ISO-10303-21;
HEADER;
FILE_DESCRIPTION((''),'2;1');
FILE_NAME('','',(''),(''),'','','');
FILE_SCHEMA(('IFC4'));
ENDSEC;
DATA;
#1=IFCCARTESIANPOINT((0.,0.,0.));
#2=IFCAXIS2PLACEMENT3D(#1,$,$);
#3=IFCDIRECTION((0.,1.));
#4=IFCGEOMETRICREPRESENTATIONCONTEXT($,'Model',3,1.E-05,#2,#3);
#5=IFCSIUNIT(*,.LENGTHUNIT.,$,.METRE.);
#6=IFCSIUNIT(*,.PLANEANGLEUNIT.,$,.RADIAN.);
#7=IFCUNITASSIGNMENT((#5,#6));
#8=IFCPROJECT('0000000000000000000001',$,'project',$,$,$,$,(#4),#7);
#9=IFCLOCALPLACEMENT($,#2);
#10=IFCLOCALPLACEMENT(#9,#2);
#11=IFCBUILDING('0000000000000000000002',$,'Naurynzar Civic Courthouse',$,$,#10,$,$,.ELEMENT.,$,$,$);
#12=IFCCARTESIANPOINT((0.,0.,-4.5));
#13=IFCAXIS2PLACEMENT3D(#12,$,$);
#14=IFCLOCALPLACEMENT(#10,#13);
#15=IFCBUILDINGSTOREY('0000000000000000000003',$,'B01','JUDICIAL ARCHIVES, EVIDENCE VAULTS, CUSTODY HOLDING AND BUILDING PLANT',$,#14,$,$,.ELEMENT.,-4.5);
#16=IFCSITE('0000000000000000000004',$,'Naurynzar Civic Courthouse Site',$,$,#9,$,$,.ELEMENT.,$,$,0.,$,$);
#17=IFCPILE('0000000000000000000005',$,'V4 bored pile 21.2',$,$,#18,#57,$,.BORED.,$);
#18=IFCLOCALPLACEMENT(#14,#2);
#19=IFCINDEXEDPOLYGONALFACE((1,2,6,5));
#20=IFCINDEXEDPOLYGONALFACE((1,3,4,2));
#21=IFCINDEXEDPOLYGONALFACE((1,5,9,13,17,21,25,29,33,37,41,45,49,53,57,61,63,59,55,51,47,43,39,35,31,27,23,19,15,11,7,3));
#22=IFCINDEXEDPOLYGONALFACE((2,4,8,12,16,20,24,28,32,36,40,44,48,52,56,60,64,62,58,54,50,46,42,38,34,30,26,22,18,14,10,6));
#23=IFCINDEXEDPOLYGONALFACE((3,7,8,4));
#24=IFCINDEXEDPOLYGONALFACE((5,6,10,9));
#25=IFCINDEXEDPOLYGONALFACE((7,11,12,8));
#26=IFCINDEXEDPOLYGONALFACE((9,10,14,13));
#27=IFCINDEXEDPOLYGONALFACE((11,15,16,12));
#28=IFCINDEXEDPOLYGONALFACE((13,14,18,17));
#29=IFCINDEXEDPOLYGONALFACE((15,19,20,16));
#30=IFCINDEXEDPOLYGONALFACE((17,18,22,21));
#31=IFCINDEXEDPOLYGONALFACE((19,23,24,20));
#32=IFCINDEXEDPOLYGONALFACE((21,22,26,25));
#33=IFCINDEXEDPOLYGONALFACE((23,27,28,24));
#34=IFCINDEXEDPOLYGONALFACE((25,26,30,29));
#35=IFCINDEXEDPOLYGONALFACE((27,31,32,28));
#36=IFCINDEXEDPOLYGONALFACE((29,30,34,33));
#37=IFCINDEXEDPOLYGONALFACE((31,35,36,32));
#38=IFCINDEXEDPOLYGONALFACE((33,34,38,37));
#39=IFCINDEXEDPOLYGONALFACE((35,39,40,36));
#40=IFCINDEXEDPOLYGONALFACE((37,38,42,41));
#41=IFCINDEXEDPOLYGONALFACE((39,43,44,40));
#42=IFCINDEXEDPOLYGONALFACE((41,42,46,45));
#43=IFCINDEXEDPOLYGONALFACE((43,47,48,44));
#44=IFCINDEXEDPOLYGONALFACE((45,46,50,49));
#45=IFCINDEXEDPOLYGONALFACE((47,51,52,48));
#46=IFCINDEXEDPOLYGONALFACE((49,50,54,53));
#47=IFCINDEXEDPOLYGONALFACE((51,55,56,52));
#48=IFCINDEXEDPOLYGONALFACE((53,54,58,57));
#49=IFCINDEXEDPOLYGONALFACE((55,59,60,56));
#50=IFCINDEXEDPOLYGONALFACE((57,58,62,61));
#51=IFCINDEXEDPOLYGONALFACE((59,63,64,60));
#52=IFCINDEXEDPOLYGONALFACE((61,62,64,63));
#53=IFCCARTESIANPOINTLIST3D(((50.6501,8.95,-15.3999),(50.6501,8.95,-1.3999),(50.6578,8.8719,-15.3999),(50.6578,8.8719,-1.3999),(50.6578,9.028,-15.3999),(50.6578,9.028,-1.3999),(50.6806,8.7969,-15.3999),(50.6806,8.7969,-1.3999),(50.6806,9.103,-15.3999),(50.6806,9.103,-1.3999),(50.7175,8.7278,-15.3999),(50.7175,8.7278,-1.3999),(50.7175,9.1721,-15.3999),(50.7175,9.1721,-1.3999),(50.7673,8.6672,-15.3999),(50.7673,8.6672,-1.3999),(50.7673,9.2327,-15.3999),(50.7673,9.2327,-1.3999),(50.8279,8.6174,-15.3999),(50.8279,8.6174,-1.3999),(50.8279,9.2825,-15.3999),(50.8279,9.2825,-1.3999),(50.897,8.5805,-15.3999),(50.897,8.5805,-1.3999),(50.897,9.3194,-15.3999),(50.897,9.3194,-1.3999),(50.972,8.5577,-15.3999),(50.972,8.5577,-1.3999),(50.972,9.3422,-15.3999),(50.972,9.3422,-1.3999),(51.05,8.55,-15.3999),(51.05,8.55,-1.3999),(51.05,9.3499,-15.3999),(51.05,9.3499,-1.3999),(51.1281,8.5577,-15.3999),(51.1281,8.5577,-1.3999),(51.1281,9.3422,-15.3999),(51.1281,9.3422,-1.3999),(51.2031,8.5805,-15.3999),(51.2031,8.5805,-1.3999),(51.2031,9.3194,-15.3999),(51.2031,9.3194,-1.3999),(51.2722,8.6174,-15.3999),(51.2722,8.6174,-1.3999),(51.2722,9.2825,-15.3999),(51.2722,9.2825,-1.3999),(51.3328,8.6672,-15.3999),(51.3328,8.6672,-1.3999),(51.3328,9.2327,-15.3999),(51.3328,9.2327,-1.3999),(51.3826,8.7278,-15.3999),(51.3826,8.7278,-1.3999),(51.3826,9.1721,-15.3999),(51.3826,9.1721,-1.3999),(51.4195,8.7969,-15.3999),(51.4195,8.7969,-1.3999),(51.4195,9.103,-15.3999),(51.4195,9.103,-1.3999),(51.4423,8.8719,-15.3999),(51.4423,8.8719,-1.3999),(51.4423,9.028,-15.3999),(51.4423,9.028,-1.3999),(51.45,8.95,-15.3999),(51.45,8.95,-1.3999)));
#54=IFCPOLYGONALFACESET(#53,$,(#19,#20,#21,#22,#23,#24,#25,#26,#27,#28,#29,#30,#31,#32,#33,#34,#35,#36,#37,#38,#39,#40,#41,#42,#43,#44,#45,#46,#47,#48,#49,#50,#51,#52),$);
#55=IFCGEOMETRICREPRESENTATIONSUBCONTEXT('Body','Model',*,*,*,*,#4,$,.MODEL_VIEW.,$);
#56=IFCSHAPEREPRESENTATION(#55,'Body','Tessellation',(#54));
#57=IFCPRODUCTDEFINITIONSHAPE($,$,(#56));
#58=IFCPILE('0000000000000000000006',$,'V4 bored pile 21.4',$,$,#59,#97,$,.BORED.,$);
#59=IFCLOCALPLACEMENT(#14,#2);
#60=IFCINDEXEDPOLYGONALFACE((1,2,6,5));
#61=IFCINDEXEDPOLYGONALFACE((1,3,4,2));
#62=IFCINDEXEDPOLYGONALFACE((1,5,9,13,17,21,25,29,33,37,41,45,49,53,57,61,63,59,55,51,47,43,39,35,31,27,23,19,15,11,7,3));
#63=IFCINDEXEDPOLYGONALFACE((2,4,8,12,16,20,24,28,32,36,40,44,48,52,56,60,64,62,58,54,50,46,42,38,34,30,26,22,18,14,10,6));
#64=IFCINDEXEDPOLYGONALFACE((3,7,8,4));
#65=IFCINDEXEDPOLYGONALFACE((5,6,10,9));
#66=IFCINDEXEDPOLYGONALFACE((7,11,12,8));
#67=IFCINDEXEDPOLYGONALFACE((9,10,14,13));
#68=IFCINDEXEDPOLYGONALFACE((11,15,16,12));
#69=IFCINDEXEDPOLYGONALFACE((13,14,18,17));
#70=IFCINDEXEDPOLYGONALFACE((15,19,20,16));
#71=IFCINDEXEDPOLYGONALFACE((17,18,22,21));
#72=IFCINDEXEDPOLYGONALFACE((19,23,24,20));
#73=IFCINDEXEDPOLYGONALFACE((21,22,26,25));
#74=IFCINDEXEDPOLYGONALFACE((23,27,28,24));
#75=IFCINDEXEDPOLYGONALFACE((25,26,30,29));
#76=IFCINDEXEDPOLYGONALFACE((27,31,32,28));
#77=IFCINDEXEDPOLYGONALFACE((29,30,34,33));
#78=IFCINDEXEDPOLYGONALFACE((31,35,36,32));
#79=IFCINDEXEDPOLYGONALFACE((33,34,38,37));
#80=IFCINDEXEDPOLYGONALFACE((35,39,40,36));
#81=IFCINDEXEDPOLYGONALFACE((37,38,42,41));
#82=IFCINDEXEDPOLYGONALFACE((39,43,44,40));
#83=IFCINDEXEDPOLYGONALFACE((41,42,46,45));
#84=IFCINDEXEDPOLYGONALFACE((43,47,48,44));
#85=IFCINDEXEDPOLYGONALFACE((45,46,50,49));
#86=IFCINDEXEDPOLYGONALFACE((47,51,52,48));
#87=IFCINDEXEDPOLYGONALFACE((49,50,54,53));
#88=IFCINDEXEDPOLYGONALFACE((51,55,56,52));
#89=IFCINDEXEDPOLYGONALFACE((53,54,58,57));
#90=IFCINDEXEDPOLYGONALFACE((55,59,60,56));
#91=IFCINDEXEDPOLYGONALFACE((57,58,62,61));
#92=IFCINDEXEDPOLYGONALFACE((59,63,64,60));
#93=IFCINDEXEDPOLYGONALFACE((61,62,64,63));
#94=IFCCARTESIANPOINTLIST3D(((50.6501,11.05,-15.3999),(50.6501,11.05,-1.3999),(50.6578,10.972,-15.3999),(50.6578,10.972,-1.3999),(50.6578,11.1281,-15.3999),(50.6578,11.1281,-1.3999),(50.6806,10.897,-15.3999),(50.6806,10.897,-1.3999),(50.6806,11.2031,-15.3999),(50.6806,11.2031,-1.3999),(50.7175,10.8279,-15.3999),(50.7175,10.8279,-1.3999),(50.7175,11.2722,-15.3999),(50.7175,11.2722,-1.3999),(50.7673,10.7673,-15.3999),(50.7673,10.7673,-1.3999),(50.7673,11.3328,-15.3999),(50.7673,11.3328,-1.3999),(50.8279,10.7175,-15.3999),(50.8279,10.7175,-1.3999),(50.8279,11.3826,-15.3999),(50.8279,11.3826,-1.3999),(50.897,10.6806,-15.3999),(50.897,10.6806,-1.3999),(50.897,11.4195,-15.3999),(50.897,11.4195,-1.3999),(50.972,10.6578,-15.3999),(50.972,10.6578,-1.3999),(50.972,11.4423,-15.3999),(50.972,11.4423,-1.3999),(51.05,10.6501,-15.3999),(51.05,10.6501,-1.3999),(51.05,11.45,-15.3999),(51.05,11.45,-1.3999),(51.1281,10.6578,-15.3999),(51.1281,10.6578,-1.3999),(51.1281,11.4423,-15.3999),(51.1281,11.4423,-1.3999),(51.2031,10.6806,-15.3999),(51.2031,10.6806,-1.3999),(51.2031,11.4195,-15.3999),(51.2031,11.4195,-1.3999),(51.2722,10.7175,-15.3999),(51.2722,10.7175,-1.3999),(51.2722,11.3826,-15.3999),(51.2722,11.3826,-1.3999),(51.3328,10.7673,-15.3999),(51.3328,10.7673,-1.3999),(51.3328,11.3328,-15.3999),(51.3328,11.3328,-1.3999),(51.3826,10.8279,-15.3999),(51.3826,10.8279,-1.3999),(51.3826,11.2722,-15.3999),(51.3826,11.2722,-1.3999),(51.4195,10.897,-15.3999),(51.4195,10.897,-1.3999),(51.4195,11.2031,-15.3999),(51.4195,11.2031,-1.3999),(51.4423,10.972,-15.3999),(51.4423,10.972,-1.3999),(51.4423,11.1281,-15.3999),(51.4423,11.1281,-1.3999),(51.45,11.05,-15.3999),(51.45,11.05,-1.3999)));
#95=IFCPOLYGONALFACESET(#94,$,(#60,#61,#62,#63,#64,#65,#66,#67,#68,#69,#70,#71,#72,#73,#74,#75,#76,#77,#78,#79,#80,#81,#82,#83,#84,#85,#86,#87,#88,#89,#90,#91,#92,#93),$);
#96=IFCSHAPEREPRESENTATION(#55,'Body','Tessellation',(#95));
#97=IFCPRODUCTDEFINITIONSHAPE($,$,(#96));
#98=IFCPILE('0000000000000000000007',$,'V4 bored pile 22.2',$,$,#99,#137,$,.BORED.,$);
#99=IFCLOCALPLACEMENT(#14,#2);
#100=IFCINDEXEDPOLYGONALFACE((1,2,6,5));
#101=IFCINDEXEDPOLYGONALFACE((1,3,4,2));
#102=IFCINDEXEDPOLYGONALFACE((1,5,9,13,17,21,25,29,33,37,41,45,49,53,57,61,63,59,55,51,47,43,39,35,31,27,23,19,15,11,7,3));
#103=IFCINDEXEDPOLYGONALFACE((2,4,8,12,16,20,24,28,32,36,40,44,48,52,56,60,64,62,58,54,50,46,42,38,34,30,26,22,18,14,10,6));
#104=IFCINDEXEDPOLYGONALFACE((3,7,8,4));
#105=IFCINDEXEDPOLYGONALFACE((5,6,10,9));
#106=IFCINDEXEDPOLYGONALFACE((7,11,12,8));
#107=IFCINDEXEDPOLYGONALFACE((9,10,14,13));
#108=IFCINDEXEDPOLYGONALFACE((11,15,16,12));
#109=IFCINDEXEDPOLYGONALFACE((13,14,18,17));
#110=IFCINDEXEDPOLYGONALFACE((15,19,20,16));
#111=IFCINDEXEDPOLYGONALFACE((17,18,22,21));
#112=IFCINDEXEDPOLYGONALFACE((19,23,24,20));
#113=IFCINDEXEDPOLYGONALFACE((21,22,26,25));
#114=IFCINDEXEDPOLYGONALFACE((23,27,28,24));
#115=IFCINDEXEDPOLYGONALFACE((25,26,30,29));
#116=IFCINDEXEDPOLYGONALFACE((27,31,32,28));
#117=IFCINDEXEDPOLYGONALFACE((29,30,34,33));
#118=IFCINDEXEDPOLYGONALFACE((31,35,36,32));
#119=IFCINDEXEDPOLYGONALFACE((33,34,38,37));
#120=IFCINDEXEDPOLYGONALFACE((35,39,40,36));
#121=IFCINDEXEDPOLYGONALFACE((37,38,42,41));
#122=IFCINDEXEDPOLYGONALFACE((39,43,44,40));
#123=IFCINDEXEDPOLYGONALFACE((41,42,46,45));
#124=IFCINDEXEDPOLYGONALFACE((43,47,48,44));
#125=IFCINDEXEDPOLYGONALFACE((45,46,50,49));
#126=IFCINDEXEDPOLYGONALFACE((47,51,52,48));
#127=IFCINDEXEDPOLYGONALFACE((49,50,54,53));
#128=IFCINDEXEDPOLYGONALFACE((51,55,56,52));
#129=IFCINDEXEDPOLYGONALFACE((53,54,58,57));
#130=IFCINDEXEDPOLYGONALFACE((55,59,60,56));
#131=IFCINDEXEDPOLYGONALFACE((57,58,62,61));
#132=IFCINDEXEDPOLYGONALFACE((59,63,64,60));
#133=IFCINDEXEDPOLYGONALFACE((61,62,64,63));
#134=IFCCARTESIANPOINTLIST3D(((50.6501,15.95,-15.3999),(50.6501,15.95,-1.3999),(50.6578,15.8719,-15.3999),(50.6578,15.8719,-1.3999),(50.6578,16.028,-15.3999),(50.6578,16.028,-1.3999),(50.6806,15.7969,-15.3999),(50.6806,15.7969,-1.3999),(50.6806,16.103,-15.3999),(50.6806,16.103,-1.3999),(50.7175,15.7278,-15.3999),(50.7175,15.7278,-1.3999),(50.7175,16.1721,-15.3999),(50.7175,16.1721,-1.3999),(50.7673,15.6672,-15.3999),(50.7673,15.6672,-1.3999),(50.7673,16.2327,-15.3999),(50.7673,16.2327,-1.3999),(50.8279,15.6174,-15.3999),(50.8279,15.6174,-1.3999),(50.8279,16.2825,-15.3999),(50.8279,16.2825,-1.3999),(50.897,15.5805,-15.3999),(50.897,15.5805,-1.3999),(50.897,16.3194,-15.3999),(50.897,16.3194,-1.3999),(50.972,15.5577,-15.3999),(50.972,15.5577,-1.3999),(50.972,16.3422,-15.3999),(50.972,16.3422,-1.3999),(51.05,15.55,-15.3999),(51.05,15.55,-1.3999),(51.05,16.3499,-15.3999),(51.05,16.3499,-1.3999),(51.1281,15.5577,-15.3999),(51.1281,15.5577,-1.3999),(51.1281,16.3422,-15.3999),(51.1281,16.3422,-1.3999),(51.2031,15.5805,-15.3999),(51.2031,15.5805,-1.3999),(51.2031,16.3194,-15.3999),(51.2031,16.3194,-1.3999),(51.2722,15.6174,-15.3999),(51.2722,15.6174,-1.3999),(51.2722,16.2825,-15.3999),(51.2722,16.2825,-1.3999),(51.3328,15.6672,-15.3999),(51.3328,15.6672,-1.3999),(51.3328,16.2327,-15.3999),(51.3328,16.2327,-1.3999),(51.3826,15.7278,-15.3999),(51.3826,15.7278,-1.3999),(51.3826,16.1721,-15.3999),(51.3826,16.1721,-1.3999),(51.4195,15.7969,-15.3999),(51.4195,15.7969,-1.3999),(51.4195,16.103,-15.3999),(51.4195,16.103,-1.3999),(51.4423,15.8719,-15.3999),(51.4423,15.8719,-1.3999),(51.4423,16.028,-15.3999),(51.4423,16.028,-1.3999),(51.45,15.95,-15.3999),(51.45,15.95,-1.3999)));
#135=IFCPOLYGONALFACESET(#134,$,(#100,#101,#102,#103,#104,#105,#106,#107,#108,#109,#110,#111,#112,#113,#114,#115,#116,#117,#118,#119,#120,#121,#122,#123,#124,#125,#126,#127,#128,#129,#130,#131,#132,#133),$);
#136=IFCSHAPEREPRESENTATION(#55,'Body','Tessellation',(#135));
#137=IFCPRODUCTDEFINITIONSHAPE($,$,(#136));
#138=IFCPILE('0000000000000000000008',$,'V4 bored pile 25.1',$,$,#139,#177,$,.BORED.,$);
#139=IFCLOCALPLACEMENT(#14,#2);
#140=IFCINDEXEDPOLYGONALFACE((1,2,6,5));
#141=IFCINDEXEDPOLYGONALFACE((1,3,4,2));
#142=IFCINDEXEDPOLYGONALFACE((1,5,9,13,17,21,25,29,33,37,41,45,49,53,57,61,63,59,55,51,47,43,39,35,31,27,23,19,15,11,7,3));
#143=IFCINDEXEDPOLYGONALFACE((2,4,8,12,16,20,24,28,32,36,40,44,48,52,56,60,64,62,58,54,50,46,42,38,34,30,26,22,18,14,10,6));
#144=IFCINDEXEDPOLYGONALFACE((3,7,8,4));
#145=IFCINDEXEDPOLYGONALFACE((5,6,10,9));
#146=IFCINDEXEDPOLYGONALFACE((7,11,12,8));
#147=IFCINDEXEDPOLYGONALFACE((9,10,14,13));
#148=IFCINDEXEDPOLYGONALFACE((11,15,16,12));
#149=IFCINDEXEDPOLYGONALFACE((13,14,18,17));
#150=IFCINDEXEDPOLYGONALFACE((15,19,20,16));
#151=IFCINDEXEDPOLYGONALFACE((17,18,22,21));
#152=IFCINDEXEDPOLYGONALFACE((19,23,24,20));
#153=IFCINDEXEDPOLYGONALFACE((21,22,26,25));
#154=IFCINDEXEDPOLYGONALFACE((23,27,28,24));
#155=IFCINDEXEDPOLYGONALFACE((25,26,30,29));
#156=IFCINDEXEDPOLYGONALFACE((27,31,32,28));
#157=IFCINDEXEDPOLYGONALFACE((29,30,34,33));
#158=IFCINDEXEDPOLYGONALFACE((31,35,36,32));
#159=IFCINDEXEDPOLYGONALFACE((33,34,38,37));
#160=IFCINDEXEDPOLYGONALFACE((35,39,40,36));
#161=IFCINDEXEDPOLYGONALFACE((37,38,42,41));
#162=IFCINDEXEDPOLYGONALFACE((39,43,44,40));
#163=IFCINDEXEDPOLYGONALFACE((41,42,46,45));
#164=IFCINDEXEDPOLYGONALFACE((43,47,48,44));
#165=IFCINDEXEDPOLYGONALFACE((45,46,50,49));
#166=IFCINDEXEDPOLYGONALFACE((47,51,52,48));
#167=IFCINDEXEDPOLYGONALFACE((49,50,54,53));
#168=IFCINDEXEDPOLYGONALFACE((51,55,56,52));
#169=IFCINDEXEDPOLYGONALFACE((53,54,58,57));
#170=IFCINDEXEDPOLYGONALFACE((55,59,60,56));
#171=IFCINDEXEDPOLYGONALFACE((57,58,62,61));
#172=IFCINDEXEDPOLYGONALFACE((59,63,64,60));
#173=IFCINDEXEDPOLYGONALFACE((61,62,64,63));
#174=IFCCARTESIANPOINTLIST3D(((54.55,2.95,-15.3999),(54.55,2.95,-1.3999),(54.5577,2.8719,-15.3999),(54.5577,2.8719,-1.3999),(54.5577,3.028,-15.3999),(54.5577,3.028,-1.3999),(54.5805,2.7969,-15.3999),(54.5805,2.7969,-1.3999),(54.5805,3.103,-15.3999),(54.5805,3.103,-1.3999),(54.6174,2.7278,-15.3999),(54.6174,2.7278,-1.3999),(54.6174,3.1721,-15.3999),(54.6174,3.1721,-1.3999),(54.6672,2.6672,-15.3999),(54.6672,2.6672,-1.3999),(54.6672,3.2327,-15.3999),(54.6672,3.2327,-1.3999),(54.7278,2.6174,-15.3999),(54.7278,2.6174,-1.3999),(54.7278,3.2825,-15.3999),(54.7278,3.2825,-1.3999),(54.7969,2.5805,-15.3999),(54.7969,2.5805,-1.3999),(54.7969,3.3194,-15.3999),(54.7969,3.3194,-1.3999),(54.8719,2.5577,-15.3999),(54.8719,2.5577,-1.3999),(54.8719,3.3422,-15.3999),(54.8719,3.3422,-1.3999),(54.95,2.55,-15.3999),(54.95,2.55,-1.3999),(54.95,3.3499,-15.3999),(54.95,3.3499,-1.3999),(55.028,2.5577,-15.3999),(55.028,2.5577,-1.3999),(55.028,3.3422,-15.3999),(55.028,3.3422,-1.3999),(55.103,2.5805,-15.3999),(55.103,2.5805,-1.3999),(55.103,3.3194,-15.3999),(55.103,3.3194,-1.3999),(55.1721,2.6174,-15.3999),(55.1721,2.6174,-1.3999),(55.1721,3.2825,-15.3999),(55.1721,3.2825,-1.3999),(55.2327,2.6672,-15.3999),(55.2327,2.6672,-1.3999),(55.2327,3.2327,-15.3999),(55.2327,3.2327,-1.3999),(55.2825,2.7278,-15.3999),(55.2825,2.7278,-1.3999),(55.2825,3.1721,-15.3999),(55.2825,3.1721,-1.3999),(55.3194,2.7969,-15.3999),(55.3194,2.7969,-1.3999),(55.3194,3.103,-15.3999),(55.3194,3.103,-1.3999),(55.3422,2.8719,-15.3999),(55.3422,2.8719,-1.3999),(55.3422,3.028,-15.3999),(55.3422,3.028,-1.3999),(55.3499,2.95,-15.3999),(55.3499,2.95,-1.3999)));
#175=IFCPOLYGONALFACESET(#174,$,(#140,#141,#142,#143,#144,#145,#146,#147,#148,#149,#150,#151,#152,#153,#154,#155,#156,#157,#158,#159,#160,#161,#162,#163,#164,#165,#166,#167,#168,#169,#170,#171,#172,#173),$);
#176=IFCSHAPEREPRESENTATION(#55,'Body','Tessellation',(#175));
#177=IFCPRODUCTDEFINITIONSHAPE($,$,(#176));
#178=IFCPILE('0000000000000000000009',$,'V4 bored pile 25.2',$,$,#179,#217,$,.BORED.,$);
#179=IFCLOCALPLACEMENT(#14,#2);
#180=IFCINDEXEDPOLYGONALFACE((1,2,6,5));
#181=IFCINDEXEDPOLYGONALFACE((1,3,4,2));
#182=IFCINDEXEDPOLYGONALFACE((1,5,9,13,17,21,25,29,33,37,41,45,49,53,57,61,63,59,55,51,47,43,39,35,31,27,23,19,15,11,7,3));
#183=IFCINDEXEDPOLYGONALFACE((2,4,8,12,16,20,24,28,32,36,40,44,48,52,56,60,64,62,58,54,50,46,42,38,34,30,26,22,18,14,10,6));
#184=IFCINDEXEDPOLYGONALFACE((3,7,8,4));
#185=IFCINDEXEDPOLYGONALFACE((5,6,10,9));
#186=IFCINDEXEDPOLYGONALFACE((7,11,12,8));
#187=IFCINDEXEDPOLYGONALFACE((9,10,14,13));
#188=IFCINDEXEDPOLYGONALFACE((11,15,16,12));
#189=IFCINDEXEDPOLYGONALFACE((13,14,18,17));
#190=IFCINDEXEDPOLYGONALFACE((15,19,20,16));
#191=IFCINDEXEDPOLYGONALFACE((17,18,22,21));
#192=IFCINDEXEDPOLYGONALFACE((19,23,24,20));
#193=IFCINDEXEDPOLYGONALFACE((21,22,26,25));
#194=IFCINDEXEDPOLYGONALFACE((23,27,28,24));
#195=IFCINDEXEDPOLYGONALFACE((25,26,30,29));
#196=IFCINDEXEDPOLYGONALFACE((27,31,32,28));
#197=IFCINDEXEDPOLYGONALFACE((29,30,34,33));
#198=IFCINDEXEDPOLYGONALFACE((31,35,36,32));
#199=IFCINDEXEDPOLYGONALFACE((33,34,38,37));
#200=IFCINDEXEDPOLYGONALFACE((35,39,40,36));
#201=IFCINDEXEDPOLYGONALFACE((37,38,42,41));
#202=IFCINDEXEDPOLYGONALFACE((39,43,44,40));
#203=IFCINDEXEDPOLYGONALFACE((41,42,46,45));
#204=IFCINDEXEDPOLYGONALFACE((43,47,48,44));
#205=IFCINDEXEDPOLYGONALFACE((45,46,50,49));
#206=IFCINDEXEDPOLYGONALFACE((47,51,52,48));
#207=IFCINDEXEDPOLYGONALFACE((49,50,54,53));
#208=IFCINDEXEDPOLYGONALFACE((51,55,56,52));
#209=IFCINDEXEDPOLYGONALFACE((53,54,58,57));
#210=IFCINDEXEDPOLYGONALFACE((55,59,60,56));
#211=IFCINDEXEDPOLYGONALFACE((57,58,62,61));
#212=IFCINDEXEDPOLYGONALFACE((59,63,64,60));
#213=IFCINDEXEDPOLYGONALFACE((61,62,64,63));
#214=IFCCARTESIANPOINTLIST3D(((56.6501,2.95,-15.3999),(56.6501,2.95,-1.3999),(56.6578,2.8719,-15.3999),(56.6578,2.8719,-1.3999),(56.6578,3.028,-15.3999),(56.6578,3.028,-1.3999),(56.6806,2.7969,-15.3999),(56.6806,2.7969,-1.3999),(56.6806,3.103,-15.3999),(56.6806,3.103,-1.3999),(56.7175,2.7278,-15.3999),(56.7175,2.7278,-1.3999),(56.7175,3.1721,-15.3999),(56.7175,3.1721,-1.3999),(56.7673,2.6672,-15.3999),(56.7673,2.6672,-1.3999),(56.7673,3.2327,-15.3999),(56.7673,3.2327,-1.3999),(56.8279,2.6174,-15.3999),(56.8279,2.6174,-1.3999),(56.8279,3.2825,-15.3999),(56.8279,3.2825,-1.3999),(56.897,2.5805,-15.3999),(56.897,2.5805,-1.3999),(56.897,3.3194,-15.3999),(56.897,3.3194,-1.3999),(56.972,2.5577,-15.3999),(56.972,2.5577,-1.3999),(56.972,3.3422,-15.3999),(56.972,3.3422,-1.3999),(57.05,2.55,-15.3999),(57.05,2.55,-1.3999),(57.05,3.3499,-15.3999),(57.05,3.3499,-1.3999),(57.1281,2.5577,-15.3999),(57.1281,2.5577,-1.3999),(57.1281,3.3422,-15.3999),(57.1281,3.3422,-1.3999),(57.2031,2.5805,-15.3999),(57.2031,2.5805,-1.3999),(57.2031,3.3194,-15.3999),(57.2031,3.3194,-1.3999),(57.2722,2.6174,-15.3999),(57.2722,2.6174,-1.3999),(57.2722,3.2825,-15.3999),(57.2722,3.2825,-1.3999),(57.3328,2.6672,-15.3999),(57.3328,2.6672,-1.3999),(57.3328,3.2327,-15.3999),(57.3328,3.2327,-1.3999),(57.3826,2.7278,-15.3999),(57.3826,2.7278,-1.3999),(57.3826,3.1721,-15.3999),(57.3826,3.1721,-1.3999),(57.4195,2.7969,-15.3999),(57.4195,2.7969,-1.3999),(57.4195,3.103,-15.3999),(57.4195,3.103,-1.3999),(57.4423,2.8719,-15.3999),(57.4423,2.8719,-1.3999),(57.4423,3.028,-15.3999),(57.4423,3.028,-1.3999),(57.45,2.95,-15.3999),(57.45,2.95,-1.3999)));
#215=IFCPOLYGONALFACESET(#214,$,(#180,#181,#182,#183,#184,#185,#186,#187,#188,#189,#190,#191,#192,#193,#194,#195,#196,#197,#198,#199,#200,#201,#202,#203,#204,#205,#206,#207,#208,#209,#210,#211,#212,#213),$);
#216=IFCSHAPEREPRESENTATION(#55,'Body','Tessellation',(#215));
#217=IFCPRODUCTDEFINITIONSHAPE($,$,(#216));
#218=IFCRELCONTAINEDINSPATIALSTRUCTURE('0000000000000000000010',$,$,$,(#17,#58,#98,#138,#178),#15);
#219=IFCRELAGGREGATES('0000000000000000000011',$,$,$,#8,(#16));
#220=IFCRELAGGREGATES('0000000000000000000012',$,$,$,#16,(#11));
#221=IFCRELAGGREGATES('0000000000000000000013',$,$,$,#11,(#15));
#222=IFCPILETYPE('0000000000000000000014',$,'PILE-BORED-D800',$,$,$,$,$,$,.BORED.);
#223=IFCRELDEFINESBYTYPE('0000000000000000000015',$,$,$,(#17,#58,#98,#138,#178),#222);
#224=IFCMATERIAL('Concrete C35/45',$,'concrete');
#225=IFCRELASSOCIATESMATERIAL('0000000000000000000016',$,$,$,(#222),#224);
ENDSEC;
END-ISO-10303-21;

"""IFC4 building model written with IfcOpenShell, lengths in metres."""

from ifc_helpers import new_model, si_unit, direction, frame, origin, origin_2d, place, context, subcontext, project, spatial, circle, extrude, material, material_profile, profile_set, type_object, element, save


model = new_model("IFC4")

# Units and contexts
model_context = context("Model", 3, precision=1e-05, world=origin(), true_north=direction((0.0, 1.0)))
body_context = subcontext(model_context, "Body", "Model", "MODEL_VIEW")
ifc_project = project(units=[si_unit("LENGTHUNIT", "METRE"), si_unit("PLANEANGLEUNIT", "RADIAN")], contexts=[model_context])

# Site, building, storey
site_placement = place(None, origin())
site = spatial("IfcSite", under=ifc_project, at=site_placement, Name="Naurynzar Civic Courthouse Site", CompositionType="ELEMENT", RefElevation=0.0)
building_placement = place(site_placement, origin())
building = spatial("IfcBuilding", under=site, at=building_placement, Name="Naurynzar Civic Courthouse", CompositionType="ELEMENT")
storey_placement = place(building_placement, frame((0.0, 0.0, -4.5)))
storey = spatial("IfcBuildingStorey", under=building, at=storey_placement, Name="B01", Description="JUDICIAL ARCHIVES, EVIDENCE VAULTS, CUSTODY HOLDING AND BUILDING PLANT", CompositionType="ELEMENT", Elevation=-4.5)

# Piles
ifc_material_1 = material(Name="Concrete C35/45", Category="concrete")
ifc_material_profile_1 = material_profile(ifc_material_1, circle(Radius=0.3999, at=origin_2d()), Name="PILE D800")
ifc_profile_set_1 = profile_set([ifc_material_profile_1], Name="Concrete C35/45")
pile_type = type_object("IfcPileType", Name="PILE-BORED-D800", PredefinedType="BORED", material=ifc_profile_set_1)
for number, where, z_axis, x_axis, name in (
    (1, (51.05, 8.95, -1.3999), (0.0, 0.0, -1.0), (1.0, 0.0, 0.0), "V4 bored pile 21.2"),
    (2, (51.05, 11.05, -1.3999), (0.0, 0.0, -1.0), (1.0, 0.0, 0.0), "V4 bored pile 21.4"),
    (3, (51.05, 15.95, -1.3999), (0.0, 0.0, -1.0), (1.0, 0.0, 0.0), "V4 bored pile 22.2"),
    (4, (54.95, 2.95, -1.3999), (0.0, 0.0, -1.0), (1.0, 0.0, 0.0), "V4 bored pile 25.1"),
    (5, (57.05, 2.95, -1.3999), (0.0, 0.0, -1.0), (1.0, 0.0, 0.0), "V4 bored pile 25.2"),
):
    element("IfcPile", number, at=place(storey_placement, frame(where, z_axis=z_axis, x_axis=x_axis)), inside=storey, type_object=pile_type, Name=name, PredefinedType="BORED", context=body_context, shape_type="SweptSolid", body=[
        extrude(circle(Radius=0.3999, at=origin_2d()), origin(), (0.0, 0.0, 1.0), 14.0),
    ])

save(model, "model.ifc")
